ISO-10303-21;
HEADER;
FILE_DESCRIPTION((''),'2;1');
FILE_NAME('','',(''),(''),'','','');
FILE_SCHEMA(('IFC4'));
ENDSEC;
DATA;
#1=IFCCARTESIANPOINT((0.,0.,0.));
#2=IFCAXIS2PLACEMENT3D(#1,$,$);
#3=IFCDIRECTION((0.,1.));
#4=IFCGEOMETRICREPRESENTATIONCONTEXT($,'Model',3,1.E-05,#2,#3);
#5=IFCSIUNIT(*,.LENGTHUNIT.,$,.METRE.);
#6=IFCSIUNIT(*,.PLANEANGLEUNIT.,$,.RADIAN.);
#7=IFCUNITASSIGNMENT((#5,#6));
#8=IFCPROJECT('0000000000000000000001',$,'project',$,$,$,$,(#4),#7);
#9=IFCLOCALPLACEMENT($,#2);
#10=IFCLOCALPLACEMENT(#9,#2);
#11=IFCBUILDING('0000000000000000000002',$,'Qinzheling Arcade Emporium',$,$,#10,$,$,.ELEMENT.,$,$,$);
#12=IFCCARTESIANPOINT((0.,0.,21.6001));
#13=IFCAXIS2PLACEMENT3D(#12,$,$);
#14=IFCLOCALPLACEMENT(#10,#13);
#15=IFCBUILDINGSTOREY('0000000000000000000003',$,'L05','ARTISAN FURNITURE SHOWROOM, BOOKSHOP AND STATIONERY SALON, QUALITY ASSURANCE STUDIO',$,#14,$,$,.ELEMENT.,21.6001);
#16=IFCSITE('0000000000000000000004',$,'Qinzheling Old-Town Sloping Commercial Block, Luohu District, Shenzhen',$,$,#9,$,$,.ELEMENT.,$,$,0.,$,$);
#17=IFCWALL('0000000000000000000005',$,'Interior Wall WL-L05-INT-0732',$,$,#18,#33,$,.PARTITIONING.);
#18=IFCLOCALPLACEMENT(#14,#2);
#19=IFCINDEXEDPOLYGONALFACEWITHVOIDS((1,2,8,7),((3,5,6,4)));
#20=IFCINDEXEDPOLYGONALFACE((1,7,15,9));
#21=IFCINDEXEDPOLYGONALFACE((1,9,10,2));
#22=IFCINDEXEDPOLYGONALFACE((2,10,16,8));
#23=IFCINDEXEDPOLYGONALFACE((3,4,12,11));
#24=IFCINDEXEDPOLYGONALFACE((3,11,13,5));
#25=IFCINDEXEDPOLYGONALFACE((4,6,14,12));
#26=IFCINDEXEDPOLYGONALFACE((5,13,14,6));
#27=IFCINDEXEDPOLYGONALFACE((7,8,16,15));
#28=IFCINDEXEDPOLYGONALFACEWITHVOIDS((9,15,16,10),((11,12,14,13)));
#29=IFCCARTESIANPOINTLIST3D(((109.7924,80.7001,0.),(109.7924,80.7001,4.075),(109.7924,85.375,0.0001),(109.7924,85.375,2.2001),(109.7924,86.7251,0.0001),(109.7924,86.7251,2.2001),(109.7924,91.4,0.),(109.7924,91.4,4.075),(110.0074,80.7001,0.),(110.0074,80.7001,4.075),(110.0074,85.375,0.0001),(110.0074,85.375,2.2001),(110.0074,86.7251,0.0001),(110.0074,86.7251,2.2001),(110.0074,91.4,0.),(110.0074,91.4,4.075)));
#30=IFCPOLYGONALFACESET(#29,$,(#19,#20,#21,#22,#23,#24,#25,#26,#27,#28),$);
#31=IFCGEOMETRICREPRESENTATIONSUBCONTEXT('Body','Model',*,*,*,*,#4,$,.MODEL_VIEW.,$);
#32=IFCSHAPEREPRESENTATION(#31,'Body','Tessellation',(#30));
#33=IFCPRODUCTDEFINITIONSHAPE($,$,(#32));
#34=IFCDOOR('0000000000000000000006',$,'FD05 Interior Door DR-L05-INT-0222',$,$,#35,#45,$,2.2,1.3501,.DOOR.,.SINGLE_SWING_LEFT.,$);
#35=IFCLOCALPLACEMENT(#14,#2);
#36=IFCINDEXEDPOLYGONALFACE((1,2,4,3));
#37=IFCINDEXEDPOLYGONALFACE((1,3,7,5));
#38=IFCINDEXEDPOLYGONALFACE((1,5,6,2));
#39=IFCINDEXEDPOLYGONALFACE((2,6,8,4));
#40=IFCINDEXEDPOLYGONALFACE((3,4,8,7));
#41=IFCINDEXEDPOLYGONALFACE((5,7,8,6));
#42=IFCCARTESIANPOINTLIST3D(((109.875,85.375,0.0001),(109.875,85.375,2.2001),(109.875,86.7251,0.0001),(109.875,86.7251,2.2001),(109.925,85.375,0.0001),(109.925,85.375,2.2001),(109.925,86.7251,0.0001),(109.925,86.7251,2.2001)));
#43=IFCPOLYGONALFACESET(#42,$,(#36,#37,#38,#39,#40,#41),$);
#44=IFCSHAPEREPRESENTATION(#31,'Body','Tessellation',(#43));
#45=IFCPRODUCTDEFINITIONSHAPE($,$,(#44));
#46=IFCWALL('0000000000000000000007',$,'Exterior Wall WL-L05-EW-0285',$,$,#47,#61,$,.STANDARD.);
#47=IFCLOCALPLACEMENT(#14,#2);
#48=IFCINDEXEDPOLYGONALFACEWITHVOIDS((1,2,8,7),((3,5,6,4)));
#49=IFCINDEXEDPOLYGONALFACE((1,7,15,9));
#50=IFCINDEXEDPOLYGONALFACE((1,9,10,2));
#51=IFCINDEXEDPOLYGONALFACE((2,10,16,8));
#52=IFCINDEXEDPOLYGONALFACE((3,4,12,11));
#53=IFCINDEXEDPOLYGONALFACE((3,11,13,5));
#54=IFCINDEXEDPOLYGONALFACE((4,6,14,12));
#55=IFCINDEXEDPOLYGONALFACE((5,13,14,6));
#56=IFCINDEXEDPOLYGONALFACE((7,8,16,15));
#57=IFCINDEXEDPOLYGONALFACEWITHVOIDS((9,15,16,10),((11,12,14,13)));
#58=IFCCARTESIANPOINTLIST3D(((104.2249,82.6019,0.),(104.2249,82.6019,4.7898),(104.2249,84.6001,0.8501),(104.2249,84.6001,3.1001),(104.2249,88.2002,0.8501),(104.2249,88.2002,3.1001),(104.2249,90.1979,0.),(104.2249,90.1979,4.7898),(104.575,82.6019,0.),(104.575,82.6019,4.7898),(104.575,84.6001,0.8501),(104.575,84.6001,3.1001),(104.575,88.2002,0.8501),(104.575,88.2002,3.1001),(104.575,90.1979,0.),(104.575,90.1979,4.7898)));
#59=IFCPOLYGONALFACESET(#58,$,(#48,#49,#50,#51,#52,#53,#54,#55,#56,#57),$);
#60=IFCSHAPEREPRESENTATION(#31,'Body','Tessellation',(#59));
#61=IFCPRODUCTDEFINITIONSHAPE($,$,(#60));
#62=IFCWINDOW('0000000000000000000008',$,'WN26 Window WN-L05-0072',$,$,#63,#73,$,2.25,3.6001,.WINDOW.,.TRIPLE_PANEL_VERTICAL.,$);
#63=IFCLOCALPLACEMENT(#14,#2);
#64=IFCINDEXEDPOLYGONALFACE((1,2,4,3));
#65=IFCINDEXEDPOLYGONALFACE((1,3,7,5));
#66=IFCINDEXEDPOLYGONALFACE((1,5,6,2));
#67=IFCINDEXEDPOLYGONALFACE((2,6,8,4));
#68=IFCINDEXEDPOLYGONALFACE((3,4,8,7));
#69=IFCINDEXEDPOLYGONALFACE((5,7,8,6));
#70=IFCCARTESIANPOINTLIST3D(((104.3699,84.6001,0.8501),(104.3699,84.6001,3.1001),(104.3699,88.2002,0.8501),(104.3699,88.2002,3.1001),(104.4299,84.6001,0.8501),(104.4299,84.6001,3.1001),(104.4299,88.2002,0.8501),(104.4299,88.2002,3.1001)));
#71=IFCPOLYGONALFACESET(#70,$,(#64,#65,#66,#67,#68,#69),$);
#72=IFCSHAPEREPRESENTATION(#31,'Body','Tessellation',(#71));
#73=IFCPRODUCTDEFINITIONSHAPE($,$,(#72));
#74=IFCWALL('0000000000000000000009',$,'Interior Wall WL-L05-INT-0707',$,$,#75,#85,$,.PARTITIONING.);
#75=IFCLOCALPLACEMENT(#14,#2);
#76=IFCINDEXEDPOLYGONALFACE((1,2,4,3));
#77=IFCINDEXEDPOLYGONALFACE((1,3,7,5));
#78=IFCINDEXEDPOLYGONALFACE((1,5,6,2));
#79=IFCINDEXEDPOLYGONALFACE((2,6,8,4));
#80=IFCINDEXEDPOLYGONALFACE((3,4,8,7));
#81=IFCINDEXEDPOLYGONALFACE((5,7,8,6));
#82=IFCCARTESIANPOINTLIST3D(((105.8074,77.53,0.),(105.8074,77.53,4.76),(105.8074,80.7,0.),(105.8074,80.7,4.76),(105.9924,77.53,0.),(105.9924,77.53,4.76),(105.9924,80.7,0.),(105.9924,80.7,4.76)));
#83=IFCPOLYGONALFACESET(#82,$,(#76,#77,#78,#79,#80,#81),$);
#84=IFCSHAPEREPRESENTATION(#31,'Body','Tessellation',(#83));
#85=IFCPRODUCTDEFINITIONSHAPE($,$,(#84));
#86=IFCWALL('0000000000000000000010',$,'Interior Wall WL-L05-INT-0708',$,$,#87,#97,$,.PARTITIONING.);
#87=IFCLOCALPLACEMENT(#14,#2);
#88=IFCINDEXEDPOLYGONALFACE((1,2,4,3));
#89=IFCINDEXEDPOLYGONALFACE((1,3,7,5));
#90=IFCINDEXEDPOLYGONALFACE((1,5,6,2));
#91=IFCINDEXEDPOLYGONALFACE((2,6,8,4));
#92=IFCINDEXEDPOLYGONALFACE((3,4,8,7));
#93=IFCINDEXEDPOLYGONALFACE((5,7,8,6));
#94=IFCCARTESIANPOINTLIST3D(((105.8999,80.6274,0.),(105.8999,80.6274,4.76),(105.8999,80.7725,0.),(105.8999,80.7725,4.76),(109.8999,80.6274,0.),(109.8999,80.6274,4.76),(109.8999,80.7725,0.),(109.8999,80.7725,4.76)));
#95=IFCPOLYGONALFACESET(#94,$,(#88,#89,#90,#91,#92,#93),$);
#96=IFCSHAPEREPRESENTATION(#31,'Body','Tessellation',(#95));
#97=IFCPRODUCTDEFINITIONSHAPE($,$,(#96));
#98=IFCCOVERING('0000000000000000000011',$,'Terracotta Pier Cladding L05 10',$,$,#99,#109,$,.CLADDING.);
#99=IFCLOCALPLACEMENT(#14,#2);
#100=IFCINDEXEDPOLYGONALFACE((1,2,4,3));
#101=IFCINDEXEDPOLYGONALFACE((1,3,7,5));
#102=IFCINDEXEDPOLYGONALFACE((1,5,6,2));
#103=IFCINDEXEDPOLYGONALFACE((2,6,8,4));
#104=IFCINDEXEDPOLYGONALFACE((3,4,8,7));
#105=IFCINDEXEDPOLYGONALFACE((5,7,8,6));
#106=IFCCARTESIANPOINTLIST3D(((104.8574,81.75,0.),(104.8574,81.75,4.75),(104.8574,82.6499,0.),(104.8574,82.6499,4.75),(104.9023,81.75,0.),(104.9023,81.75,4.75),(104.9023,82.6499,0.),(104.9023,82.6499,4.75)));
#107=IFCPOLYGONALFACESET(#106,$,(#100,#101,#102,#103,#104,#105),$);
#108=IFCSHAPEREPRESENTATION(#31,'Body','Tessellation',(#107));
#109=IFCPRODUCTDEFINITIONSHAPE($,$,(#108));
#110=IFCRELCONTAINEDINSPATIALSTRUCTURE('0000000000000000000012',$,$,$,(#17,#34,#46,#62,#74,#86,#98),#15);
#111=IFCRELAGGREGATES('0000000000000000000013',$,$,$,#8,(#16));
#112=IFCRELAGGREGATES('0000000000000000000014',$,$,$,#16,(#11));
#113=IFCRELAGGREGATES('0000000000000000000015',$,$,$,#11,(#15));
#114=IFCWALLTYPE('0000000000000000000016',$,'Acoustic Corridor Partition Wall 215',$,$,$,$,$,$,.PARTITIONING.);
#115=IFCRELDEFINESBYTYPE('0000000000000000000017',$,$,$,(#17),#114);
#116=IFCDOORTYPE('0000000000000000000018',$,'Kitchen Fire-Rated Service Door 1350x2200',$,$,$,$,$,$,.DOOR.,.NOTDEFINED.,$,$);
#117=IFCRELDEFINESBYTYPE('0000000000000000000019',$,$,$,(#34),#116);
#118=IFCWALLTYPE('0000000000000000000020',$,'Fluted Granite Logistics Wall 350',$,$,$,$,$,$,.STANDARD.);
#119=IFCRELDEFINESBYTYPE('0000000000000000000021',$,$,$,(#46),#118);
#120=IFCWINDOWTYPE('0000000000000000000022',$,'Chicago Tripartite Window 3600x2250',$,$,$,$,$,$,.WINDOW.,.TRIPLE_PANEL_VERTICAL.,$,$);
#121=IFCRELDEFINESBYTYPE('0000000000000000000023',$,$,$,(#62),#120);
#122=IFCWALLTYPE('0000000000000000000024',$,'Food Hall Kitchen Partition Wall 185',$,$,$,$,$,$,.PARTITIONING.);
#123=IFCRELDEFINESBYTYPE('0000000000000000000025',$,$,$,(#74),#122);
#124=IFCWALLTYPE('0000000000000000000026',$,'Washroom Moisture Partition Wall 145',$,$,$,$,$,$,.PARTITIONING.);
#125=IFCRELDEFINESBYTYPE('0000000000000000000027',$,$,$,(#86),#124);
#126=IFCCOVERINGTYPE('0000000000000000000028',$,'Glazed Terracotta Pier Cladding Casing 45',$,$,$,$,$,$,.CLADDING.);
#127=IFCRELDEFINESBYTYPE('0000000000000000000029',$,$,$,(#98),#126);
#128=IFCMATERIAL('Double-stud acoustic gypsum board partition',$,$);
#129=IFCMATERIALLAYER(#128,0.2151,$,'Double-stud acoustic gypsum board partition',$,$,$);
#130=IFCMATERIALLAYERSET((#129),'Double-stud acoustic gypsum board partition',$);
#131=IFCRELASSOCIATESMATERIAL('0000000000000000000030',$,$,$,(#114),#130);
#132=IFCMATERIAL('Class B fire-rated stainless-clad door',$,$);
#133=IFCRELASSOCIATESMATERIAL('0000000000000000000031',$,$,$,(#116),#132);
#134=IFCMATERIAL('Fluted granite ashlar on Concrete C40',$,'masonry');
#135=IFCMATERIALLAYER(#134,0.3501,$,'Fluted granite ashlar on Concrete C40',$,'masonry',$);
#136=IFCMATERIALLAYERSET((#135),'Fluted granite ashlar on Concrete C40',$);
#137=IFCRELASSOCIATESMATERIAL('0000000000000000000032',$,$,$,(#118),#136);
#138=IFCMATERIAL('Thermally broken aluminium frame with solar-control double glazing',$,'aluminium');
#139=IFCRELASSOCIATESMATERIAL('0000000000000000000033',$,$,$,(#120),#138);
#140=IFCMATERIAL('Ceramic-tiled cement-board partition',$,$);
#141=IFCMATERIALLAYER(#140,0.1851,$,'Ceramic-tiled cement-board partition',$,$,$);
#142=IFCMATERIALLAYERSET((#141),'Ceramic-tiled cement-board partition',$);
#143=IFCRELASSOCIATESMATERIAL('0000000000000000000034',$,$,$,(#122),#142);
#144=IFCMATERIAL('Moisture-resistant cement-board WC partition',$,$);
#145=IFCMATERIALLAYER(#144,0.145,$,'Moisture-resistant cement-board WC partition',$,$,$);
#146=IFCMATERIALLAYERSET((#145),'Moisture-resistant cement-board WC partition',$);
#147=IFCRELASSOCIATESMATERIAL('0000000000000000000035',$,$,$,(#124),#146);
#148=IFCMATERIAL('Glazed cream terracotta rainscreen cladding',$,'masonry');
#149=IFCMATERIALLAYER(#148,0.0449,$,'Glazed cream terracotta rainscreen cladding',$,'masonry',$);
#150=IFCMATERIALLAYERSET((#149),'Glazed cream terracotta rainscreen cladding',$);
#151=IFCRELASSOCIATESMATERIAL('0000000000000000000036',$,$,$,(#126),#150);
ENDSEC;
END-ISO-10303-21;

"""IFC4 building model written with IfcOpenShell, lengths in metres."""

from ifc_helpers import new_model, si_unit, direction, frame, frame_2d, origin, origin_2d, place, context, subcontext, project, spatial, rectangle, extrude, material, layer, layer_set, type_object, element, fill, save


model = new_model("IFC4")

# Units and contexts
model_context = context("Model", 3, precision=1e-05, world=origin(), true_north=direction((0.0, 1.0)))
body_context = subcontext(model_context, "Body", "Model", "MODEL_VIEW")
ifc_project = project(units=[si_unit("LENGTHUNIT", "METRE"), si_unit("PLANEANGLEUNIT", "RADIAN")], contexts=[model_context])

# Site, building, storey
site_placement = place(None, origin())
site = spatial("IfcSite", under=ifc_project, at=site_placement, Name="Qinzheling Old-Town Sloping Commercial Block, Luohu District, Shenzhen", CompositionType="ELEMENT", RefElevation=0.0)
building_placement = place(site_placement, origin())
building = spatial("IfcBuilding", under=site, at=building_placement, Name="Qinzheling Arcade Emporium", CompositionType="ELEMENT")
storey_placement = place(building_placement, frame((0.0, 0.0, 21.6001)))
storey = spatial("IfcBuildingStorey", under=building, at=storey_placement, Name="L05", Description="ARTISAN FURNITURE SHOWROOM, BOOKSHOP AND STATIONERY SALON, QUALITY ASSURANCE STUDIO", CompositionType="ELEMENT", Elevation=21.6001)

# Shared definitions
ifc_material_1 = material(Name="Double-stud acoustic gypsum board partition")
ifc_layer_1 = layer(ifc_material_1, 0.2151, Name="Double-stud acoustic gypsum board partition")
ifc_layer_set_1 = layer_set([ifc_layer_1], Name="Double-stud acoustic gypsum board partition")
wall_type_1 = type_object("IfcWallType", Name="Acoustic Corridor Partition Wall 215", PredefinedType="PARTITIONING", material=ifc_layer_set_1)
ifc_material_2 = material(Name="Class B fire-rated stainless-clad door")
door_type = type_object("IfcDoorType", Name="Kitchen Fire-Rated Service Door 1350x2200", OperationType="NOTDEFINED", PredefinedType="DOOR", material=ifc_material_2)

# Wall, opening, door
wall_1_placement = place(storey_placement, frame((109.8999, 80.7, 0.0), z_axis=(0.0, 0.0, 1.0), x_axis=(0.0, 1.0, 0.0)))
wall_1 = element("IfcWall", 1, at=wall_1_placement, inside=storey, type_object=wall_type_1, Name="Interior Wall WL-L05-INT-0732", PredefinedType="PARTITIONING", context=body_context, shape_type="SweptSolid", body=[
    extrude(rectangle(XDim=10.7, YDim=0.2151, at=frame_2d((5.3501, 0.0))), origin(), (0.0, 0.0, 1.0), 4.075),
])
opening_1_placement = place(wall_1_placement, frame((4.675, 0.0, 0.0)))
opening_1 = element("IfcOpeningElement", 2, at=opening_1_placement, cuts=wall_1, PredefinedType="OPENING", context=body_context, shape_type="SweptSolid", body=[
    extrude(rectangle(XDim=1.3501, YDim=2.2, at=frame_2d((0.675, 1.1001))), frame((0.0, 0.1177, 0.0), z_axis=(0.0, -1.0, 0.0), x_axis=(1.0, 0.0, 0.0)), (0.0, 0.0, 1.0), 0.2351),
])
door_1_placement = place(opening_1_placement, origin())
door_1 = element("IfcDoor", 3, at=door_1_placement, inside=storey, type_object=door_type, Name="FD05 Interior Door DR-L05-INT-0222", OperationType="SINGLE_SWING_LEFT", OverallHeight=2.2, OverallWidth=1.3501, PredefinedType="DOOR", context=body_context, shape_type="SweptSolid", body=[
    extrude(rectangle(XDim=1.3501, YDim=2.2, at=frame_2d((0.675, 1.1001))), frame((0.0, 0.0249, 0.0), z_axis=(0.0, -1.0, 0.0), x_axis=(1.0, 0.0, 0.0)), (0.0, 0.0, 1.0), 0.05),
])
fill(opening_1, door_1)

# Wall, opening, window
ifc_material_3 = material(Name="Fluted granite ashlar on Concrete C40", Category="masonry")
ifc_layer_2 = layer(ifc_material_3, 0.3501, Name="Fluted granite ashlar on Concrete C40", Category="masonry")
ifc_layer_set_2 = layer_set([ifc_layer_2], Name="Fluted granite ashlar on Concrete C40")
wall_type_2 = type_object("IfcWallType", Name="Fluted Granite Logistics Wall 350", PredefinedType="STANDARD", material=ifc_layer_set_2)
wall_2_placement = place(storey_placement, frame((104.3999, 82.6021, 0.0), z_axis=(0.0, 0.0, 1.0), x_axis=(0.0, 1.0, 0.0)))
wall_2 = element("IfcWall", 4, at=wall_2_placement, inside=storey, type_object=wall_type_2, Name="Exterior Wall WL-L05-EW-0285", PredefinedType="STANDARD", context=body_context, shape_type="SweptSolid", body=[
    extrude(rectangle(XDim=7.5959, YDim=0.3501, at=frame_2d((3.7979, 0.0))), origin(), (0.0, 0.0, 1.0), 4.7898),
])
opening_2_placement = place(wall_2_placement, frame((1.998, 0.0, 0.8501)))
opening_2 = element("IfcOpeningElement", 5, at=opening_2_placement, cuts=wall_2, PredefinedType="OPENING", context=body_context, shape_type="SweptSolid", body=[
    extrude(rectangle(XDim=3.6001, YDim=2.25, at=frame_2d((1.8, 1.125))), frame((0.0, 0.1851, 0.0), z_axis=(0.0, -1.0, 0.0), x_axis=(1.0, 0.0, 0.0)), (0.0, 0.0, 1.0), 0.3701),
])
ifc_material_4 = material(Name="Thermally broken aluminium frame with solar-control double glazing", Category="aluminium")
window_type = type_object("IfcWindowType", Name="Chicago Tripartite Window 3600x2250", PartitioningType="TRIPLE_PANEL_VERTICAL", PredefinedType="WINDOW", material=ifc_material_4)
window_placement = place(opening_2_placement, origin())
window = element("IfcWindow", 6, at=window_placement, inside=storey, type_object=window_type, Name="WN26 Window WN-L05-0072", OverallHeight=2.25, OverallWidth=3.6001, PartitioningType="TRIPLE_PANEL_VERTICAL", PredefinedType="WINDOW", context=body_context, shape_type="SweptSolid", body=[
    extrude(rectangle(XDim=3.6001, YDim=2.25, at=frame_2d((1.8, 1.125))), frame((0.0, 0.03, 0.0), z_axis=(0.0, -1.0, 0.0), x_axis=(1.0, 0.0, 0.0)), (0.0, 0.0, 1.0), 0.0601),
])
fill(opening_2, window)

# Walls
ifc_material_5 = material(Name="Ceramic-tiled cement-board partition")
ifc_layer_3 = layer(ifc_material_5, 0.1851, Name="Ceramic-tiled cement-board partition")
ifc_layer_set_3 = layer_set([ifc_layer_3], Name="Ceramic-tiled cement-board partition")
wall_type_3 = type_object("IfcWallType", Name="Food Hall Kitchen Partition Wall 185", PredefinedType="PARTITIONING", material=ifc_layer_set_3)
wall_3_placement = place(storey_placement, frame((105.8999, 77.53, 0.0), z_axis=(0.0, 0.0, 1.0), x_axis=(0.0, 1.0, 0.0)))
element("IfcWall", 7, at=wall_3_placement, inside=storey, type_object=wall_type_3, Name="Interior Wall WL-L05-INT-0707", PredefinedType="PARTITIONING", context=body_context, shape_type="SweptSolid", body=[
    extrude(rectangle(XDim=3.1699, YDim=0.1851, at=frame_2d((1.585, 0.0))), origin(), (0.0, 0.0, 1.0), 4.76),
])
ifc_material_6 = material(Name="Moisture-resistant cement-board WC partition")
ifc_layer_4 = layer(ifc_material_6, 0.145, Name="Moisture-resistant cement-board WC partition")
ifc_layer_set_4 = layer_set([ifc_layer_4], Name="Moisture-resistant cement-board WC partition")
wall_type_4 = type_object("IfcWallType", Name="Washroom Moisture Partition Wall 145", PredefinedType="PARTITIONING", material=ifc_layer_set_4)
wall_4_placement = place(storey_placement, frame((105.8999, 80.7, 0.0), z_axis=(0.0, 0.0, 1.0), x_axis=(1.0, 0.0, 0.0)))
element("IfcWall", 8, at=wall_4_placement, inside=storey, type_object=wall_type_4, Name="Interior Wall WL-L05-INT-0708", PredefinedType="PARTITIONING", context=body_context, shape_type="SweptSolid", body=[
    extrude(rectangle(XDim=4.0, YDim=0.145, at=frame_2d((2.0, 0.0))), origin(), (0.0, 0.0, 1.0), 4.76),
])

# Covering
ifc_material_7 = material(Name="Glazed cream terracotta rainscreen cladding", Category="masonry")
ifc_layer_5 = layer(ifc_material_7, 0.0449, Name="Glazed cream terracotta rainscreen cladding", Category="masonry")
ifc_layer_set_5 = layer_set([ifc_layer_5], Name="Glazed cream terracotta rainscreen cladding")
covering_type = type_object("IfcCoveringType", Name="Glazed Terracotta Pier Cladding Casing 45", PredefinedType="CLADDING", material=ifc_layer_set_5)
covering_placement = place(storey_placement, frame((104.8799, 82.2, 0.0), z_axis=(0.0, 0.0, 1.0), x_axis=(1.0, 0.0, 0.0)))
element("IfcCovering", 9, at=covering_placement, inside=storey, type_object=covering_type, Name="Terracotta Pier Cladding L05 10", PredefinedType="CLADDING", context=body_context, shape_type="SweptSolid", body=[
    extrude(rectangle(XDim=0.0449, YDim=0.8999, at=origin_2d()), origin(), (0.0, 0.0, 1.0), 4.75),
])

save(model, "model.ifc")
